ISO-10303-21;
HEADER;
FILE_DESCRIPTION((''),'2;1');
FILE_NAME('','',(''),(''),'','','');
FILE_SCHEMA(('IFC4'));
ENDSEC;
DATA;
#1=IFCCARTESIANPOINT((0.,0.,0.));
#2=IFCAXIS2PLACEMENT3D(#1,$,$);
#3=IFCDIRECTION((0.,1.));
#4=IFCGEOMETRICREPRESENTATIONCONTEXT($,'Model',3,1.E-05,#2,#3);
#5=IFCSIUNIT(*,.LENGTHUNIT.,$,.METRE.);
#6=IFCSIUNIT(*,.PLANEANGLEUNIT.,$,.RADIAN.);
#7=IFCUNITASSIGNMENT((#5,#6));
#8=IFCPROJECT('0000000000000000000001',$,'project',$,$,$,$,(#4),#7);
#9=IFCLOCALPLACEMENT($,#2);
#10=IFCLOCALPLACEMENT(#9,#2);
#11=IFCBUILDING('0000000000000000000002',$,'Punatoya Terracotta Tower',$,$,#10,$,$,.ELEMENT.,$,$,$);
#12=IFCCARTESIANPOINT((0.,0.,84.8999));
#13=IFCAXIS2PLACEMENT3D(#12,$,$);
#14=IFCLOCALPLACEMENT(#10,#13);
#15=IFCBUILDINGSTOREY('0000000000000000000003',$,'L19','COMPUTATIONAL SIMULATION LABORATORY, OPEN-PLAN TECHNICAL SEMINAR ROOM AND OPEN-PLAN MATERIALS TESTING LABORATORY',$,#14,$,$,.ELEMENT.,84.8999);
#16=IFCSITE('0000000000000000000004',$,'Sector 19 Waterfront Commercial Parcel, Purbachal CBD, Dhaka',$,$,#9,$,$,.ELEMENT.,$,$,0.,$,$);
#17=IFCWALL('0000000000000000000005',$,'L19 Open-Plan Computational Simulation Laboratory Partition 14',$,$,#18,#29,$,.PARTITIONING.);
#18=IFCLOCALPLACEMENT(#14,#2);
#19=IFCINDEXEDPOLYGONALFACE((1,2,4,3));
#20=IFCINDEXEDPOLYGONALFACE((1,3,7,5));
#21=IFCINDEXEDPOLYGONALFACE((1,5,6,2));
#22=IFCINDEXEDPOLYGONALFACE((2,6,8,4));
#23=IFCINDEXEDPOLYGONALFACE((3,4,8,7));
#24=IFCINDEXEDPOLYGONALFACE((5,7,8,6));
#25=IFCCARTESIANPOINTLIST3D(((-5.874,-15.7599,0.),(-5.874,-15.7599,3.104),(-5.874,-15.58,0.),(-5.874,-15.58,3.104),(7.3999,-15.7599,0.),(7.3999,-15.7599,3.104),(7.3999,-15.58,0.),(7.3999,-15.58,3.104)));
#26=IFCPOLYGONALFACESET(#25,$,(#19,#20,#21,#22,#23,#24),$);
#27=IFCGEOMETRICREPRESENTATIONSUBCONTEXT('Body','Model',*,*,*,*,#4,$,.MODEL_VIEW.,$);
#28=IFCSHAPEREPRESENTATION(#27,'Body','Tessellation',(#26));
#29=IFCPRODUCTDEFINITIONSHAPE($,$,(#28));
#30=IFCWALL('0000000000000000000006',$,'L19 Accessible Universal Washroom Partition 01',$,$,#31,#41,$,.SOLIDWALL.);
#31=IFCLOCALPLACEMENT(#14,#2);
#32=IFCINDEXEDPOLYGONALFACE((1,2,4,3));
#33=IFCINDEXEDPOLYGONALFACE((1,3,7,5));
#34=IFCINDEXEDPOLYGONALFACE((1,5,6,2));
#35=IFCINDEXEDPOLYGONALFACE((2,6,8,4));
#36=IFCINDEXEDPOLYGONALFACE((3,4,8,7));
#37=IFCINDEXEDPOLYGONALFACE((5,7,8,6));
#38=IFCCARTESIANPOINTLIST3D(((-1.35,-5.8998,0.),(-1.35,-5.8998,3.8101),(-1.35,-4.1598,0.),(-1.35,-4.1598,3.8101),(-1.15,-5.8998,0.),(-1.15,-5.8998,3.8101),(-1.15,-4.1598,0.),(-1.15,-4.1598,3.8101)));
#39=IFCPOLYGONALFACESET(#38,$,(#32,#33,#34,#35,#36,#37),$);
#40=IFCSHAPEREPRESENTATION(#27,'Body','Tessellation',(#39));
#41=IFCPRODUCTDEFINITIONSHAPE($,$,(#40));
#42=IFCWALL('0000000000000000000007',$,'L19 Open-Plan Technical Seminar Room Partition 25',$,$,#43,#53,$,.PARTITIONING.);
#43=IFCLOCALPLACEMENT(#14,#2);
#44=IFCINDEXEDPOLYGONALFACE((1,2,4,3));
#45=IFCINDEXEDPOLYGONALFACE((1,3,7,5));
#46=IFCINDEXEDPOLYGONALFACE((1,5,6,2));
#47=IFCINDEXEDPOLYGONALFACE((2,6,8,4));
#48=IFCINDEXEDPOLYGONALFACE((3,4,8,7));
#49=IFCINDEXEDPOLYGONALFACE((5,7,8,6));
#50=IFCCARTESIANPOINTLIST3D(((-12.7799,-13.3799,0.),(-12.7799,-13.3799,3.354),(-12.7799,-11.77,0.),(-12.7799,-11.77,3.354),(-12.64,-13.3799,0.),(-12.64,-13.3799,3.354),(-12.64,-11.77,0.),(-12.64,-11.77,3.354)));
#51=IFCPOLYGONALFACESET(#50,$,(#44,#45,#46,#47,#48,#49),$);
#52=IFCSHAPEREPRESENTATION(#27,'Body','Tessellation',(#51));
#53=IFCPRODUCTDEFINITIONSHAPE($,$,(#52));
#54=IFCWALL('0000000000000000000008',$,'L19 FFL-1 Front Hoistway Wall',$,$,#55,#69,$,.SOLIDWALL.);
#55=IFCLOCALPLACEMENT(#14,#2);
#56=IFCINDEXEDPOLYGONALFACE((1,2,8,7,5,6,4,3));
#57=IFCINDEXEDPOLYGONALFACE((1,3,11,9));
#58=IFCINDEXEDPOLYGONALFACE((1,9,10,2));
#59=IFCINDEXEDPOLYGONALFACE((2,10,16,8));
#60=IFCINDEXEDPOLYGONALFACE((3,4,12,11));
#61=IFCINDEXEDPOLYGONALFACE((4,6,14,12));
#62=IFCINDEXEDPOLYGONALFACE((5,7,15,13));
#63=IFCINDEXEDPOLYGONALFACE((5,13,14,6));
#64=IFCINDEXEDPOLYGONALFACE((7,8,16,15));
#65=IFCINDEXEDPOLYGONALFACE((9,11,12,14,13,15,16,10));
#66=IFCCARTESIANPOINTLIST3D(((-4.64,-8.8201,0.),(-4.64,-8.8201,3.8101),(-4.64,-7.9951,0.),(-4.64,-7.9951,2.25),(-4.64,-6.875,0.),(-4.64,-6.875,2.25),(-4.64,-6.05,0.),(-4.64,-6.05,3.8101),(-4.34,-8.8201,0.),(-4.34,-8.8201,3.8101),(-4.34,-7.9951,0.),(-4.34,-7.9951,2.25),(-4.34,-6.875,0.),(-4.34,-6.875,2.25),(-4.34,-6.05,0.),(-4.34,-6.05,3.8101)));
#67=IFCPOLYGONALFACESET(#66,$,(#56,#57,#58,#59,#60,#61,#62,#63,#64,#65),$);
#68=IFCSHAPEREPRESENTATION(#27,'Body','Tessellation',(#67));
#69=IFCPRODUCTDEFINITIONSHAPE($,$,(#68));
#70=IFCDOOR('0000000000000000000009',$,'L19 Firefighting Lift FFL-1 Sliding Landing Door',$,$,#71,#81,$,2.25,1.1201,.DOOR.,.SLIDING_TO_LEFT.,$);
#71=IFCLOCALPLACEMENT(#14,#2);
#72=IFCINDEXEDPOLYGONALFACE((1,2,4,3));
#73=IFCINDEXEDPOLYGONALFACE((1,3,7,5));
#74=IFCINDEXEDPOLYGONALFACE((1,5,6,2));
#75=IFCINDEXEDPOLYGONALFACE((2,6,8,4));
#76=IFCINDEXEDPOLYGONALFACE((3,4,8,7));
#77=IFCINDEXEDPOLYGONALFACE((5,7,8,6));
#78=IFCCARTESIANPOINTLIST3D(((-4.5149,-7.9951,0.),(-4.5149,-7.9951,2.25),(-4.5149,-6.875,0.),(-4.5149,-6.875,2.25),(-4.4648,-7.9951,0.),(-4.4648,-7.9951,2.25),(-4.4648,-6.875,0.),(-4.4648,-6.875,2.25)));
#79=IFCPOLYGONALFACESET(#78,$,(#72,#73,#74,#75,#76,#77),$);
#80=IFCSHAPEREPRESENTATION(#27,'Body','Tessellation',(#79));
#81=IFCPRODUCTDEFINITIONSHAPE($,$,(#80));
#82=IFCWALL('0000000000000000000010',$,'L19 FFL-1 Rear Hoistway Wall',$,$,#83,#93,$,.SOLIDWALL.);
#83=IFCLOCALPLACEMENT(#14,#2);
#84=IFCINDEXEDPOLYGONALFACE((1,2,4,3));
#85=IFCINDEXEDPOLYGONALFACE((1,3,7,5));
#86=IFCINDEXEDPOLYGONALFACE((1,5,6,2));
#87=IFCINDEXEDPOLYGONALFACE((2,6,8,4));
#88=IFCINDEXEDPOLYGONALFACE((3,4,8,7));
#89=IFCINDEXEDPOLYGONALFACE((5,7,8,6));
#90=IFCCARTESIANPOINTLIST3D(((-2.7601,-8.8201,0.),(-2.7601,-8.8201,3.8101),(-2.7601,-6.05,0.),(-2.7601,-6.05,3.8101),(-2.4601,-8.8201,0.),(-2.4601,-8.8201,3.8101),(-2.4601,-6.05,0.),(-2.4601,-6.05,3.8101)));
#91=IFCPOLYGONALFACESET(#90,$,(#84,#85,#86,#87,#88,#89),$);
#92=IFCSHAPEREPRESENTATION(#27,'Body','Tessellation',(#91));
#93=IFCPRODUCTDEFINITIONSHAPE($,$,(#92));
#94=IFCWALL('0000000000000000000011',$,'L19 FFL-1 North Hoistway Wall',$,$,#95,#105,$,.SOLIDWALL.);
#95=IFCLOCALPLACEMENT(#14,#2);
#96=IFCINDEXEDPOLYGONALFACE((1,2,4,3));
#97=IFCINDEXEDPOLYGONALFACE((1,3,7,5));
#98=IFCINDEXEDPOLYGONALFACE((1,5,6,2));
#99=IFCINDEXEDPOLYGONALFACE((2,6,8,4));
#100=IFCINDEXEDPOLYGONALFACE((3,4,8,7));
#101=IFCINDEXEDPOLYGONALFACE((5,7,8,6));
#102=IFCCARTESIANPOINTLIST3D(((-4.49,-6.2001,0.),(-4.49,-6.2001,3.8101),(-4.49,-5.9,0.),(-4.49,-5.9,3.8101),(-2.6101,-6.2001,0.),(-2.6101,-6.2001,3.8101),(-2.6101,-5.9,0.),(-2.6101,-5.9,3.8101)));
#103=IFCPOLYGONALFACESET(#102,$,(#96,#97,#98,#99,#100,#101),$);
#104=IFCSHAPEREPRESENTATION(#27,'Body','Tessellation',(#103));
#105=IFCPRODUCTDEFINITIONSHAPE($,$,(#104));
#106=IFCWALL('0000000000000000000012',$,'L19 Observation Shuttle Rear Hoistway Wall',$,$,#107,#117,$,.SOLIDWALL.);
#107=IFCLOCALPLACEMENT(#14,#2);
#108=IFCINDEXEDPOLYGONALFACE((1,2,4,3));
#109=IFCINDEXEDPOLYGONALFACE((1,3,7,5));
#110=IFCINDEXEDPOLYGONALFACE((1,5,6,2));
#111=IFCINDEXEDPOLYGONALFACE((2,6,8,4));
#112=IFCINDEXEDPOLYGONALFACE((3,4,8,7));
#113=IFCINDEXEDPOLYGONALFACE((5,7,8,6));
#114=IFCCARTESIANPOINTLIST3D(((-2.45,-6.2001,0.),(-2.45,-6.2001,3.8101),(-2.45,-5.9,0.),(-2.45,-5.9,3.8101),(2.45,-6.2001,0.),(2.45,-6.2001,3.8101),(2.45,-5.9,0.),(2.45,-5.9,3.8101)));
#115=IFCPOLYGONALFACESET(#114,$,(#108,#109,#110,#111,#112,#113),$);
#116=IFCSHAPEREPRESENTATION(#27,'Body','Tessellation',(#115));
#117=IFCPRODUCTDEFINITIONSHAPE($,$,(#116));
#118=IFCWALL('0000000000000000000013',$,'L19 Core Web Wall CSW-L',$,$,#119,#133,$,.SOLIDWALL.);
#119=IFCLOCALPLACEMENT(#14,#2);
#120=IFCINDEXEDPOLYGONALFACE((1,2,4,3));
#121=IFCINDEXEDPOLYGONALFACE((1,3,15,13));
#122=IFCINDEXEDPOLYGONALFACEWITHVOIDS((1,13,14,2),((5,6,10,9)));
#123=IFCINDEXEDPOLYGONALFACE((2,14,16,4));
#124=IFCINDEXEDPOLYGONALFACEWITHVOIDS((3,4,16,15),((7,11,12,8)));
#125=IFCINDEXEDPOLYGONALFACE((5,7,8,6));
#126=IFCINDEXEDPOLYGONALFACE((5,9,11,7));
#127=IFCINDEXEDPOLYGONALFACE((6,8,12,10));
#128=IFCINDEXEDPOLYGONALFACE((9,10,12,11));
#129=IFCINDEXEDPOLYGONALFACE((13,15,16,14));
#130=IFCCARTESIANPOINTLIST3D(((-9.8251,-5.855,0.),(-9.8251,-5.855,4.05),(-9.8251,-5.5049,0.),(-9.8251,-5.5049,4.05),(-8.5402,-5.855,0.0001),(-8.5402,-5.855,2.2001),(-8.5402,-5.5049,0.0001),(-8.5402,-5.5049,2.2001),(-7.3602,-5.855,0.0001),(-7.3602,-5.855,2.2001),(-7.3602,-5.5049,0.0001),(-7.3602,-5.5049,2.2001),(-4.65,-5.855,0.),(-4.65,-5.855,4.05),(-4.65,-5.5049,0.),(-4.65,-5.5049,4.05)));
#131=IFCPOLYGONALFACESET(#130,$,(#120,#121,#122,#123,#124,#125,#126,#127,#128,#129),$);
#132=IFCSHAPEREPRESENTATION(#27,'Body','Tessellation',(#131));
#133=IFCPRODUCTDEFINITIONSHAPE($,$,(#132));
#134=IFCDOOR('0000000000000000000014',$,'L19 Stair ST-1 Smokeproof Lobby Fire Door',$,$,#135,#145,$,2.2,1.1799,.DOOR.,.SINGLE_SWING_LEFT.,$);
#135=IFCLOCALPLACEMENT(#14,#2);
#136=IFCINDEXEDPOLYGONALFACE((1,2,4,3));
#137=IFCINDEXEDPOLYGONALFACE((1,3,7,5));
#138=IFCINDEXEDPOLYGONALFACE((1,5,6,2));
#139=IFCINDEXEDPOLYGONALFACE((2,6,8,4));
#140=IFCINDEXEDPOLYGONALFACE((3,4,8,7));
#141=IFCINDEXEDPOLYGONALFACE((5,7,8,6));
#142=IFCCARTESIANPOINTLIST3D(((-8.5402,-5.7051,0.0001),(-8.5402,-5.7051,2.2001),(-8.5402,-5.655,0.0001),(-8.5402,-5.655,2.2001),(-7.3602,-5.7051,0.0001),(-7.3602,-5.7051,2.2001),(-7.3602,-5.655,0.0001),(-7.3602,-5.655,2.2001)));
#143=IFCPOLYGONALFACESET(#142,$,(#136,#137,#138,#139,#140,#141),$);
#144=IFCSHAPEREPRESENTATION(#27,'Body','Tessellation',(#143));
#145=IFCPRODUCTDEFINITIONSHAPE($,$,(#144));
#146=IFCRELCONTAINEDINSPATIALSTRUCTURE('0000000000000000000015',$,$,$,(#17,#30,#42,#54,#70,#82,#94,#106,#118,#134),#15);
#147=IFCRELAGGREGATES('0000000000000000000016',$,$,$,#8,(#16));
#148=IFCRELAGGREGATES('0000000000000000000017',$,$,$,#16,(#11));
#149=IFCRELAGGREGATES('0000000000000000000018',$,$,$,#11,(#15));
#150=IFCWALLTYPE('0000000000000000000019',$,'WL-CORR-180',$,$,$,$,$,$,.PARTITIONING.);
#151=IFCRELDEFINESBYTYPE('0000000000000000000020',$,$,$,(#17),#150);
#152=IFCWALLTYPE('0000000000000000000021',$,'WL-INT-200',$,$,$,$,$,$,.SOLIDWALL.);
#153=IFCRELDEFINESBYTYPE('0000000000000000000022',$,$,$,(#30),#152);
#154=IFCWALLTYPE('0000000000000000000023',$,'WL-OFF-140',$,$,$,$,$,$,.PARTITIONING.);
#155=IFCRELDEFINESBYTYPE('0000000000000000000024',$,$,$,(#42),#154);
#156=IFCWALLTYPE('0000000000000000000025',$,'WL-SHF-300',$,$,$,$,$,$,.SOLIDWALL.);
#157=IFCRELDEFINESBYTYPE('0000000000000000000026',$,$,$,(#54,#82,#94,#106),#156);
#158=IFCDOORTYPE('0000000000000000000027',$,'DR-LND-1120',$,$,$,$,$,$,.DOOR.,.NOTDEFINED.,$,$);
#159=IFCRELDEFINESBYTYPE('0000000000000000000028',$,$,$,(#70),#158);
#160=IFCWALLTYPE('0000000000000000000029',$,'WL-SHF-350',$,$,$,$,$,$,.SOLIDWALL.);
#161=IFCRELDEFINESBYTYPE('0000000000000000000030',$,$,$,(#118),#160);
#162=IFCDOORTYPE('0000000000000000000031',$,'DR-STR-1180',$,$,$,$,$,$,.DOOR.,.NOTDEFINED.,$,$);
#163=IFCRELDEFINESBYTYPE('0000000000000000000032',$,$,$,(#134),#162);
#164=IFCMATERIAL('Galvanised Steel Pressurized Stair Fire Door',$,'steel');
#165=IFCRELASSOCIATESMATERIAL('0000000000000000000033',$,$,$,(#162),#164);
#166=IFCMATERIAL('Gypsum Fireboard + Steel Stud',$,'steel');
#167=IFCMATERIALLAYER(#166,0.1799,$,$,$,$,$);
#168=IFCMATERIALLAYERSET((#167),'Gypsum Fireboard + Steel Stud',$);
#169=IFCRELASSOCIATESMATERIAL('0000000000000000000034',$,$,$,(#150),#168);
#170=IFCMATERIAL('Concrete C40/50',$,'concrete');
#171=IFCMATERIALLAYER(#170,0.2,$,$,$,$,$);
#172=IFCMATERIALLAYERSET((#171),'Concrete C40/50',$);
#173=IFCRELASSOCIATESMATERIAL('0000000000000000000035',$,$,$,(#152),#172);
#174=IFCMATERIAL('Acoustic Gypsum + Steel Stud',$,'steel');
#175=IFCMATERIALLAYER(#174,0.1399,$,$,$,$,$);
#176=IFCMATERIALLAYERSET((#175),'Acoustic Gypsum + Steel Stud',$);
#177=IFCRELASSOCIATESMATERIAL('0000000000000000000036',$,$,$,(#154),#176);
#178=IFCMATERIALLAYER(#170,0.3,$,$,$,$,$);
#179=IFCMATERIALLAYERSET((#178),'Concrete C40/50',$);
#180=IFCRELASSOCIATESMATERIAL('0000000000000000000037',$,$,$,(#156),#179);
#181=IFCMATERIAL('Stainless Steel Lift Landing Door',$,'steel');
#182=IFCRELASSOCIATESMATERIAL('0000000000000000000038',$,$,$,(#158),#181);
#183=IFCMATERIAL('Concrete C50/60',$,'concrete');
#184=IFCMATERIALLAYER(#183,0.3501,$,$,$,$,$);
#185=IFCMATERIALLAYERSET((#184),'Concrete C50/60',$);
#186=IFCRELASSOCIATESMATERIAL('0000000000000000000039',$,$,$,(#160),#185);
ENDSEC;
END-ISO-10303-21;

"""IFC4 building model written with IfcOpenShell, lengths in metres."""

from ifc_helpers import new_model, si_unit, direction, frame, frame_2d, origin, place, context, subcontext, project, spatial, rectangle, extrude, material, layer, layer_set, type_object, element, fill, save


model = new_model("IFC4")

# Units and contexts
model_context = context("Model", 3, precision=1e-05, world=origin(), true_north=direction((0.0, 1.0)))
body_context = subcontext(model_context, "Body", "Model", "MODEL_VIEW")
ifc_project = project(units=[si_unit("LENGTHUNIT", "METRE"), si_unit("PLANEANGLEUNIT", "RADIAN")], contexts=[model_context])

# Site, building, storey
site_placement = place(None, origin())
site = spatial("IfcSite", under=ifc_project, at=site_placement, Name="Sector 19 Waterfront Commercial Parcel, Purbachal CBD, Dhaka", CompositionType="ELEMENT", RefElevation=0.0)
building_placement = place(site_placement, origin())
building = spatial("IfcBuilding", under=site, at=building_placement, Name="Punatoya Terracotta Tower", CompositionType="ELEMENT")
storey_placement = place(building_placement, frame((0.0, 0.0, 84.8999)))
storey = spatial("IfcBuildingStorey", under=building, at=storey_placement, Name="L19", Description="COMPUTATIONAL SIMULATION LABORATORY, OPEN-PLAN TECHNICAL SEMINAR ROOM AND OPEN-PLAN MATERIALS TESTING LABORATORY", CompositionType="ELEMENT", Elevation=84.8999)

# Shared definitions
ifc_material_1 = material(Name="Galvanised Steel Pressurized Stair Fire Door", Category="steel")
door_type_1 = type_object("IfcDoorType", Name="DR-STR-1180", OperationType="NOTDEFINED", PredefinedType="DOOR", material=ifc_material_1)

# Walls
ifc_material_2 = material(Name="Gypsum Fireboard + Steel Stud", Category="steel")
ifc_layer_1 = layer(ifc_material_2, 0.1799)
ifc_layer_set_1 = layer_set([ifc_layer_1], Name="Gypsum Fireboard + Steel Stud")
wall_type_1 = type_object("IfcWallType", Name="WL-CORR-180", PredefinedType="PARTITIONING", material=ifc_layer_set_1)
wall_1_placement = place(storey_placement, frame((-5.874, -15.6699, 0.0), z_axis=(0.0, 0.0, 1.0), x_axis=(1.0, 0.0, 0.0)))
element("IfcWall", 1, at=wall_1_placement, inside=storey, type_object=wall_type_1, Name="L19 Open-Plan Computational Simulation Laboratory Partition 14", PredefinedType="PARTITIONING", context=body_context, shape_type="SweptSolid", body=[
    extrude(rectangle(XDim=13.2739, YDim=0.1799, at=frame_2d((6.637, 0.0))), origin(), (0.0, 0.0, 1.0), 3.104),
])
ifc_material_3 = material(Name="Concrete C40/50", Category="concrete")
ifc_layer_2 = layer(ifc_material_3, 0.2)
ifc_layer_set_2 = layer_set([ifc_layer_2], Name="Concrete C40/50")
wall_type_2 = type_object("IfcWallType", Name="WL-INT-200", PredefinedType="SOLIDWALL", material=ifc_layer_set_2)
wall_2_placement = place(storey_placement, frame((-1.25, -5.8999, 0.0), z_axis=(0.0, 0.0, 1.0), x_axis=(0.0, 1.0, 0.0)))
element("IfcWall", 2, at=wall_2_placement, inside=storey, type_object=wall_type_2, Name="L19 Accessible Universal Washroom Partition 01", PredefinedType="SOLIDWALL", context=body_context, shape_type="SweptSolid", body=[
    extrude(rectangle(XDim=1.74, YDim=0.2, at=frame_2d((0.8701, 0.0))), origin(), (0.0, 0.0, 1.0), 3.8101),
])
ifc_material_4 = material(Name="Acoustic Gypsum + Steel Stud", Category="steel")
ifc_layer_3 = layer(ifc_material_4, 0.1399)
ifc_layer_set_3 = layer_set([ifc_layer_3], Name="Acoustic Gypsum + Steel Stud")
wall_type_3 = type_object("IfcWallType", Name="WL-OFF-140", PredefinedType="PARTITIONING", material=ifc_layer_set_3)
wall_3_placement = place(storey_placement, frame((-12.71, -11.77, 0.0), z_axis=(0.0, 0.0, 1.0), x_axis=(0.0, -1.0, 0.0)))
element("IfcWall", 3, at=wall_3_placement, inside=storey, type_object=wall_type_3, Name="L19 Open-Plan Technical Seminar Room Partition 25", PredefinedType="PARTITIONING", context=body_context, shape_type="SweptSolid", body=[
    extrude(rectangle(XDim=1.6099, YDim=0.1399, at=frame_2d((0.8049, 0.0))), origin(), (0.0, 0.0, 1.0), 3.354),
])

# Wall, opening, door
ifc_layer_4 = layer(ifc_material_3, 0.3)
ifc_layer_set_4 = layer_set([ifc_layer_4], Name="Concrete C40/50")
wall_type_4 = type_object("IfcWallType", Name="WL-SHF-300", PredefinedType="SOLIDWALL", material=ifc_layer_set_4)
wall_4_placement = place(storey_placement, frame((-4.49, -8.8201, 0.0), z_axis=(0.0, 0.0, 1.0), x_axis=(0.0, 1.0, 0.0)))
wall_4 = element("IfcWall", 4, at=wall_4_placement, inside=storey, type_object=wall_type_4, Name="L19 FFL-1 Front Hoistway Wall", PredefinedType="SOLIDWALL", context=body_context, shape_type="SweptSolid", body=[
    extrude(rectangle(XDim=2.77, YDim=0.3, at=frame_2d((1.385, 0.0))), origin(), (0.0, 0.0, 1.0), 3.8101),
])
opening_1_placement = place(wall_4_placement, frame((0.825, 0.0, 0.0)))
opening_1 = element("IfcOpeningElement", 5, at=opening_1_placement, cuts=wall_4, PredefinedType="OPENING", context=body_context, shape_type="SweptSolid", body=[
    extrude(rectangle(XDim=1.1201, YDim=2.25, at=frame_2d((0.5601, 1.125))), frame((0.0, 0.1599, 0.0), z_axis=(0.0, -1.0, 0.0), x_axis=(1.0, 0.0, 0.0)), (0.0, 0.0, 1.0), 0.3201),
])
ifc_material_5 = material(Name="Stainless Steel Lift Landing Door", Category="steel")
door_type_2 = type_object("IfcDoorType", Name="DR-LND-1120", OperationType="NOTDEFINED", PredefinedType="DOOR", material=ifc_material_5)
door_1_placement = place(opening_1_placement, origin())
door_1 = element("IfcDoor", 6, at=door_1_placement, inside=storey, type_object=door_type_2, Name="L19 Firefighting Lift FFL-1 Sliding Landing Door", OperationType="SLIDING_TO_LEFT", OverallHeight=2.25, OverallWidth=1.1201, PredefinedType="DOOR", context=body_context, shape_type="SweptSolid", body=[
    extrude(rectangle(XDim=1.1201, YDim=2.25, at=frame_2d((0.5601, 1.125))), frame((0.0, 0.0249, 0.0), z_axis=(0.0, -1.0, 0.0), x_axis=(1.0, 0.0, 0.0)), (0.0, 0.0, 1.0), 0.05),
])
fill(opening_1, door_1)

# Walls
wall_5_placement = place(storey_placement, frame((-2.6101, -8.8201, 0.0), z_axis=(0.0, 0.0, 1.0), x_axis=(0.0, 1.0, 0.0)))
element("IfcWall", 7, at=wall_5_placement, inside=storey, type_object=wall_type_4, Name="L19 FFL-1 Rear Hoistway Wall", PredefinedType="SOLIDWALL", context=body_context, shape_type="SweptSolid", body=[
    extrude(rectangle(XDim=2.77, YDim=0.3, at=frame_2d((1.385, 0.0))), origin(), (0.0, 0.0, 1.0), 3.8101),
])
wall_6_placement = place(storey_placement, frame((-4.49, -6.05, 0.0), z_axis=(0.0, 0.0, 1.0), x_axis=(1.0, 0.0, 0.0)))
element("IfcWall", 8, at=wall_6_placement, inside=storey, type_object=wall_type_4, Name="L19 FFL-1 North Hoistway Wall", PredefinedType="SOLIDWALL", context=body_context, shape_type="SweptSolid", body=[
    extrude(rectangle(XDim=1.8799, YDim=0.3, at=frame_2d((0.9399, 0.0))), origin(), (0.0, 0.0, 1.0), 3.8101),
])
wall_7_placement = place(storey_placement, frame((-2.45, -6.05, 0.0), z_axis=(0.0, 0.0, 1.0), x_axis=(1.0, 0.0, 0.0)))
element("IfcWall", 9, at=wall_7_placement, inside=storey, type_object=wall_type_4, Name="L19 Observation Shuttle Rear Hoistway Wall", PredefinedType="SOLIDWALL", context=body_context, shape_type="SweptSolid", body=[
    extrude(rectangle(XDim=4.8999, YDim=0.3, at=frame_2d((2.45, 0.0))), origin(), (0.0, 0.0, 1.0), 3.8101),
])

# Wall, opening, door
ifc_material_6 = material(Name="Concrete C50/60", Category="concrete")
ifc_layer_5 = layer(ifc_material_6, 0.3501)
ifc_layer_set_5 = layer_set([ifc_layer_5], Name="Concrete C50/60")
wall_type_5 = type_object("IfcWallType", Name="WL-SHF-350", PredefinedType="SOLIDWALL", material=ifc_layer_set_5)
wall_8_placement = place(storey_placement, frame((-9.825, -5.6799, 0.0), z_axis=(0.0, 0.0, 1.0), x_axis=(1.0, 0.0, 0.0)))
wall_8 = element("IfcWall", 10, at=wall_8_placement, inside=storey, type_object=wall_type_5, Name="L19 Core Web Wall CSW-L", PredefinedType="SOLIDWALL", context=body_context, shape_type="SweptSolid", body=[
    extrude(rectangle(XDim=5.175, YDim=0.3501, at=frame_2d((2.5874, 0.0))), origin(), (0.0, 0.0, 1.0), 4.05),
])
opening_2_placement = place(wall_8_placement, frame((1.2849, 0.0, 0.0)))
opening_2 = element("IfcOpeningElement", 11, at=opening_2_placement, cuts=wall_8, PredefinedType="OPENING", context=body_context, shape_type="SweptSolid", body=[
    extrude(rectangle(XDim=1.1799, YDim=2.2, at=frame_2d((0.5898, 1.1001))), frame((0.0, 0.1851, 0.0), z_axis=(0.0, -1.0, 0.0), x_axis=(1.0, 0.0, 0.0)), (0.0, 0.0, 1.0), 0.3701),
])
door_2_placement = place(opening_2_placement, origin())
door_2 = element("IfcDoor", 12, at=door_2_placement, inside=storey, type_object=door_type_1, Name="L19 Stair ST-1 Smokeproof Lobby Fire Door", OperationType="SINGLE_SWING_LEFT", OverallHeight=2.2, OverallWidth=1.1799, PredefinedType="DOOR", context=body_context, shape_type="SweptSolid", body=[
    extrude(rectangle(XDim=1.1799, YDim=2.2, at=frame_2d((0.5898, 1.1001))), frame((0.0, 0.0249, 0.0), z_axis=(0.0, -1.0, 0.0), x_axis=(1.0, 0.0, 0.0)), (0.0, 0.0, 1.0), 0.05),
])
fill(opening_2, door_2)

save(model, "model.ifc")
